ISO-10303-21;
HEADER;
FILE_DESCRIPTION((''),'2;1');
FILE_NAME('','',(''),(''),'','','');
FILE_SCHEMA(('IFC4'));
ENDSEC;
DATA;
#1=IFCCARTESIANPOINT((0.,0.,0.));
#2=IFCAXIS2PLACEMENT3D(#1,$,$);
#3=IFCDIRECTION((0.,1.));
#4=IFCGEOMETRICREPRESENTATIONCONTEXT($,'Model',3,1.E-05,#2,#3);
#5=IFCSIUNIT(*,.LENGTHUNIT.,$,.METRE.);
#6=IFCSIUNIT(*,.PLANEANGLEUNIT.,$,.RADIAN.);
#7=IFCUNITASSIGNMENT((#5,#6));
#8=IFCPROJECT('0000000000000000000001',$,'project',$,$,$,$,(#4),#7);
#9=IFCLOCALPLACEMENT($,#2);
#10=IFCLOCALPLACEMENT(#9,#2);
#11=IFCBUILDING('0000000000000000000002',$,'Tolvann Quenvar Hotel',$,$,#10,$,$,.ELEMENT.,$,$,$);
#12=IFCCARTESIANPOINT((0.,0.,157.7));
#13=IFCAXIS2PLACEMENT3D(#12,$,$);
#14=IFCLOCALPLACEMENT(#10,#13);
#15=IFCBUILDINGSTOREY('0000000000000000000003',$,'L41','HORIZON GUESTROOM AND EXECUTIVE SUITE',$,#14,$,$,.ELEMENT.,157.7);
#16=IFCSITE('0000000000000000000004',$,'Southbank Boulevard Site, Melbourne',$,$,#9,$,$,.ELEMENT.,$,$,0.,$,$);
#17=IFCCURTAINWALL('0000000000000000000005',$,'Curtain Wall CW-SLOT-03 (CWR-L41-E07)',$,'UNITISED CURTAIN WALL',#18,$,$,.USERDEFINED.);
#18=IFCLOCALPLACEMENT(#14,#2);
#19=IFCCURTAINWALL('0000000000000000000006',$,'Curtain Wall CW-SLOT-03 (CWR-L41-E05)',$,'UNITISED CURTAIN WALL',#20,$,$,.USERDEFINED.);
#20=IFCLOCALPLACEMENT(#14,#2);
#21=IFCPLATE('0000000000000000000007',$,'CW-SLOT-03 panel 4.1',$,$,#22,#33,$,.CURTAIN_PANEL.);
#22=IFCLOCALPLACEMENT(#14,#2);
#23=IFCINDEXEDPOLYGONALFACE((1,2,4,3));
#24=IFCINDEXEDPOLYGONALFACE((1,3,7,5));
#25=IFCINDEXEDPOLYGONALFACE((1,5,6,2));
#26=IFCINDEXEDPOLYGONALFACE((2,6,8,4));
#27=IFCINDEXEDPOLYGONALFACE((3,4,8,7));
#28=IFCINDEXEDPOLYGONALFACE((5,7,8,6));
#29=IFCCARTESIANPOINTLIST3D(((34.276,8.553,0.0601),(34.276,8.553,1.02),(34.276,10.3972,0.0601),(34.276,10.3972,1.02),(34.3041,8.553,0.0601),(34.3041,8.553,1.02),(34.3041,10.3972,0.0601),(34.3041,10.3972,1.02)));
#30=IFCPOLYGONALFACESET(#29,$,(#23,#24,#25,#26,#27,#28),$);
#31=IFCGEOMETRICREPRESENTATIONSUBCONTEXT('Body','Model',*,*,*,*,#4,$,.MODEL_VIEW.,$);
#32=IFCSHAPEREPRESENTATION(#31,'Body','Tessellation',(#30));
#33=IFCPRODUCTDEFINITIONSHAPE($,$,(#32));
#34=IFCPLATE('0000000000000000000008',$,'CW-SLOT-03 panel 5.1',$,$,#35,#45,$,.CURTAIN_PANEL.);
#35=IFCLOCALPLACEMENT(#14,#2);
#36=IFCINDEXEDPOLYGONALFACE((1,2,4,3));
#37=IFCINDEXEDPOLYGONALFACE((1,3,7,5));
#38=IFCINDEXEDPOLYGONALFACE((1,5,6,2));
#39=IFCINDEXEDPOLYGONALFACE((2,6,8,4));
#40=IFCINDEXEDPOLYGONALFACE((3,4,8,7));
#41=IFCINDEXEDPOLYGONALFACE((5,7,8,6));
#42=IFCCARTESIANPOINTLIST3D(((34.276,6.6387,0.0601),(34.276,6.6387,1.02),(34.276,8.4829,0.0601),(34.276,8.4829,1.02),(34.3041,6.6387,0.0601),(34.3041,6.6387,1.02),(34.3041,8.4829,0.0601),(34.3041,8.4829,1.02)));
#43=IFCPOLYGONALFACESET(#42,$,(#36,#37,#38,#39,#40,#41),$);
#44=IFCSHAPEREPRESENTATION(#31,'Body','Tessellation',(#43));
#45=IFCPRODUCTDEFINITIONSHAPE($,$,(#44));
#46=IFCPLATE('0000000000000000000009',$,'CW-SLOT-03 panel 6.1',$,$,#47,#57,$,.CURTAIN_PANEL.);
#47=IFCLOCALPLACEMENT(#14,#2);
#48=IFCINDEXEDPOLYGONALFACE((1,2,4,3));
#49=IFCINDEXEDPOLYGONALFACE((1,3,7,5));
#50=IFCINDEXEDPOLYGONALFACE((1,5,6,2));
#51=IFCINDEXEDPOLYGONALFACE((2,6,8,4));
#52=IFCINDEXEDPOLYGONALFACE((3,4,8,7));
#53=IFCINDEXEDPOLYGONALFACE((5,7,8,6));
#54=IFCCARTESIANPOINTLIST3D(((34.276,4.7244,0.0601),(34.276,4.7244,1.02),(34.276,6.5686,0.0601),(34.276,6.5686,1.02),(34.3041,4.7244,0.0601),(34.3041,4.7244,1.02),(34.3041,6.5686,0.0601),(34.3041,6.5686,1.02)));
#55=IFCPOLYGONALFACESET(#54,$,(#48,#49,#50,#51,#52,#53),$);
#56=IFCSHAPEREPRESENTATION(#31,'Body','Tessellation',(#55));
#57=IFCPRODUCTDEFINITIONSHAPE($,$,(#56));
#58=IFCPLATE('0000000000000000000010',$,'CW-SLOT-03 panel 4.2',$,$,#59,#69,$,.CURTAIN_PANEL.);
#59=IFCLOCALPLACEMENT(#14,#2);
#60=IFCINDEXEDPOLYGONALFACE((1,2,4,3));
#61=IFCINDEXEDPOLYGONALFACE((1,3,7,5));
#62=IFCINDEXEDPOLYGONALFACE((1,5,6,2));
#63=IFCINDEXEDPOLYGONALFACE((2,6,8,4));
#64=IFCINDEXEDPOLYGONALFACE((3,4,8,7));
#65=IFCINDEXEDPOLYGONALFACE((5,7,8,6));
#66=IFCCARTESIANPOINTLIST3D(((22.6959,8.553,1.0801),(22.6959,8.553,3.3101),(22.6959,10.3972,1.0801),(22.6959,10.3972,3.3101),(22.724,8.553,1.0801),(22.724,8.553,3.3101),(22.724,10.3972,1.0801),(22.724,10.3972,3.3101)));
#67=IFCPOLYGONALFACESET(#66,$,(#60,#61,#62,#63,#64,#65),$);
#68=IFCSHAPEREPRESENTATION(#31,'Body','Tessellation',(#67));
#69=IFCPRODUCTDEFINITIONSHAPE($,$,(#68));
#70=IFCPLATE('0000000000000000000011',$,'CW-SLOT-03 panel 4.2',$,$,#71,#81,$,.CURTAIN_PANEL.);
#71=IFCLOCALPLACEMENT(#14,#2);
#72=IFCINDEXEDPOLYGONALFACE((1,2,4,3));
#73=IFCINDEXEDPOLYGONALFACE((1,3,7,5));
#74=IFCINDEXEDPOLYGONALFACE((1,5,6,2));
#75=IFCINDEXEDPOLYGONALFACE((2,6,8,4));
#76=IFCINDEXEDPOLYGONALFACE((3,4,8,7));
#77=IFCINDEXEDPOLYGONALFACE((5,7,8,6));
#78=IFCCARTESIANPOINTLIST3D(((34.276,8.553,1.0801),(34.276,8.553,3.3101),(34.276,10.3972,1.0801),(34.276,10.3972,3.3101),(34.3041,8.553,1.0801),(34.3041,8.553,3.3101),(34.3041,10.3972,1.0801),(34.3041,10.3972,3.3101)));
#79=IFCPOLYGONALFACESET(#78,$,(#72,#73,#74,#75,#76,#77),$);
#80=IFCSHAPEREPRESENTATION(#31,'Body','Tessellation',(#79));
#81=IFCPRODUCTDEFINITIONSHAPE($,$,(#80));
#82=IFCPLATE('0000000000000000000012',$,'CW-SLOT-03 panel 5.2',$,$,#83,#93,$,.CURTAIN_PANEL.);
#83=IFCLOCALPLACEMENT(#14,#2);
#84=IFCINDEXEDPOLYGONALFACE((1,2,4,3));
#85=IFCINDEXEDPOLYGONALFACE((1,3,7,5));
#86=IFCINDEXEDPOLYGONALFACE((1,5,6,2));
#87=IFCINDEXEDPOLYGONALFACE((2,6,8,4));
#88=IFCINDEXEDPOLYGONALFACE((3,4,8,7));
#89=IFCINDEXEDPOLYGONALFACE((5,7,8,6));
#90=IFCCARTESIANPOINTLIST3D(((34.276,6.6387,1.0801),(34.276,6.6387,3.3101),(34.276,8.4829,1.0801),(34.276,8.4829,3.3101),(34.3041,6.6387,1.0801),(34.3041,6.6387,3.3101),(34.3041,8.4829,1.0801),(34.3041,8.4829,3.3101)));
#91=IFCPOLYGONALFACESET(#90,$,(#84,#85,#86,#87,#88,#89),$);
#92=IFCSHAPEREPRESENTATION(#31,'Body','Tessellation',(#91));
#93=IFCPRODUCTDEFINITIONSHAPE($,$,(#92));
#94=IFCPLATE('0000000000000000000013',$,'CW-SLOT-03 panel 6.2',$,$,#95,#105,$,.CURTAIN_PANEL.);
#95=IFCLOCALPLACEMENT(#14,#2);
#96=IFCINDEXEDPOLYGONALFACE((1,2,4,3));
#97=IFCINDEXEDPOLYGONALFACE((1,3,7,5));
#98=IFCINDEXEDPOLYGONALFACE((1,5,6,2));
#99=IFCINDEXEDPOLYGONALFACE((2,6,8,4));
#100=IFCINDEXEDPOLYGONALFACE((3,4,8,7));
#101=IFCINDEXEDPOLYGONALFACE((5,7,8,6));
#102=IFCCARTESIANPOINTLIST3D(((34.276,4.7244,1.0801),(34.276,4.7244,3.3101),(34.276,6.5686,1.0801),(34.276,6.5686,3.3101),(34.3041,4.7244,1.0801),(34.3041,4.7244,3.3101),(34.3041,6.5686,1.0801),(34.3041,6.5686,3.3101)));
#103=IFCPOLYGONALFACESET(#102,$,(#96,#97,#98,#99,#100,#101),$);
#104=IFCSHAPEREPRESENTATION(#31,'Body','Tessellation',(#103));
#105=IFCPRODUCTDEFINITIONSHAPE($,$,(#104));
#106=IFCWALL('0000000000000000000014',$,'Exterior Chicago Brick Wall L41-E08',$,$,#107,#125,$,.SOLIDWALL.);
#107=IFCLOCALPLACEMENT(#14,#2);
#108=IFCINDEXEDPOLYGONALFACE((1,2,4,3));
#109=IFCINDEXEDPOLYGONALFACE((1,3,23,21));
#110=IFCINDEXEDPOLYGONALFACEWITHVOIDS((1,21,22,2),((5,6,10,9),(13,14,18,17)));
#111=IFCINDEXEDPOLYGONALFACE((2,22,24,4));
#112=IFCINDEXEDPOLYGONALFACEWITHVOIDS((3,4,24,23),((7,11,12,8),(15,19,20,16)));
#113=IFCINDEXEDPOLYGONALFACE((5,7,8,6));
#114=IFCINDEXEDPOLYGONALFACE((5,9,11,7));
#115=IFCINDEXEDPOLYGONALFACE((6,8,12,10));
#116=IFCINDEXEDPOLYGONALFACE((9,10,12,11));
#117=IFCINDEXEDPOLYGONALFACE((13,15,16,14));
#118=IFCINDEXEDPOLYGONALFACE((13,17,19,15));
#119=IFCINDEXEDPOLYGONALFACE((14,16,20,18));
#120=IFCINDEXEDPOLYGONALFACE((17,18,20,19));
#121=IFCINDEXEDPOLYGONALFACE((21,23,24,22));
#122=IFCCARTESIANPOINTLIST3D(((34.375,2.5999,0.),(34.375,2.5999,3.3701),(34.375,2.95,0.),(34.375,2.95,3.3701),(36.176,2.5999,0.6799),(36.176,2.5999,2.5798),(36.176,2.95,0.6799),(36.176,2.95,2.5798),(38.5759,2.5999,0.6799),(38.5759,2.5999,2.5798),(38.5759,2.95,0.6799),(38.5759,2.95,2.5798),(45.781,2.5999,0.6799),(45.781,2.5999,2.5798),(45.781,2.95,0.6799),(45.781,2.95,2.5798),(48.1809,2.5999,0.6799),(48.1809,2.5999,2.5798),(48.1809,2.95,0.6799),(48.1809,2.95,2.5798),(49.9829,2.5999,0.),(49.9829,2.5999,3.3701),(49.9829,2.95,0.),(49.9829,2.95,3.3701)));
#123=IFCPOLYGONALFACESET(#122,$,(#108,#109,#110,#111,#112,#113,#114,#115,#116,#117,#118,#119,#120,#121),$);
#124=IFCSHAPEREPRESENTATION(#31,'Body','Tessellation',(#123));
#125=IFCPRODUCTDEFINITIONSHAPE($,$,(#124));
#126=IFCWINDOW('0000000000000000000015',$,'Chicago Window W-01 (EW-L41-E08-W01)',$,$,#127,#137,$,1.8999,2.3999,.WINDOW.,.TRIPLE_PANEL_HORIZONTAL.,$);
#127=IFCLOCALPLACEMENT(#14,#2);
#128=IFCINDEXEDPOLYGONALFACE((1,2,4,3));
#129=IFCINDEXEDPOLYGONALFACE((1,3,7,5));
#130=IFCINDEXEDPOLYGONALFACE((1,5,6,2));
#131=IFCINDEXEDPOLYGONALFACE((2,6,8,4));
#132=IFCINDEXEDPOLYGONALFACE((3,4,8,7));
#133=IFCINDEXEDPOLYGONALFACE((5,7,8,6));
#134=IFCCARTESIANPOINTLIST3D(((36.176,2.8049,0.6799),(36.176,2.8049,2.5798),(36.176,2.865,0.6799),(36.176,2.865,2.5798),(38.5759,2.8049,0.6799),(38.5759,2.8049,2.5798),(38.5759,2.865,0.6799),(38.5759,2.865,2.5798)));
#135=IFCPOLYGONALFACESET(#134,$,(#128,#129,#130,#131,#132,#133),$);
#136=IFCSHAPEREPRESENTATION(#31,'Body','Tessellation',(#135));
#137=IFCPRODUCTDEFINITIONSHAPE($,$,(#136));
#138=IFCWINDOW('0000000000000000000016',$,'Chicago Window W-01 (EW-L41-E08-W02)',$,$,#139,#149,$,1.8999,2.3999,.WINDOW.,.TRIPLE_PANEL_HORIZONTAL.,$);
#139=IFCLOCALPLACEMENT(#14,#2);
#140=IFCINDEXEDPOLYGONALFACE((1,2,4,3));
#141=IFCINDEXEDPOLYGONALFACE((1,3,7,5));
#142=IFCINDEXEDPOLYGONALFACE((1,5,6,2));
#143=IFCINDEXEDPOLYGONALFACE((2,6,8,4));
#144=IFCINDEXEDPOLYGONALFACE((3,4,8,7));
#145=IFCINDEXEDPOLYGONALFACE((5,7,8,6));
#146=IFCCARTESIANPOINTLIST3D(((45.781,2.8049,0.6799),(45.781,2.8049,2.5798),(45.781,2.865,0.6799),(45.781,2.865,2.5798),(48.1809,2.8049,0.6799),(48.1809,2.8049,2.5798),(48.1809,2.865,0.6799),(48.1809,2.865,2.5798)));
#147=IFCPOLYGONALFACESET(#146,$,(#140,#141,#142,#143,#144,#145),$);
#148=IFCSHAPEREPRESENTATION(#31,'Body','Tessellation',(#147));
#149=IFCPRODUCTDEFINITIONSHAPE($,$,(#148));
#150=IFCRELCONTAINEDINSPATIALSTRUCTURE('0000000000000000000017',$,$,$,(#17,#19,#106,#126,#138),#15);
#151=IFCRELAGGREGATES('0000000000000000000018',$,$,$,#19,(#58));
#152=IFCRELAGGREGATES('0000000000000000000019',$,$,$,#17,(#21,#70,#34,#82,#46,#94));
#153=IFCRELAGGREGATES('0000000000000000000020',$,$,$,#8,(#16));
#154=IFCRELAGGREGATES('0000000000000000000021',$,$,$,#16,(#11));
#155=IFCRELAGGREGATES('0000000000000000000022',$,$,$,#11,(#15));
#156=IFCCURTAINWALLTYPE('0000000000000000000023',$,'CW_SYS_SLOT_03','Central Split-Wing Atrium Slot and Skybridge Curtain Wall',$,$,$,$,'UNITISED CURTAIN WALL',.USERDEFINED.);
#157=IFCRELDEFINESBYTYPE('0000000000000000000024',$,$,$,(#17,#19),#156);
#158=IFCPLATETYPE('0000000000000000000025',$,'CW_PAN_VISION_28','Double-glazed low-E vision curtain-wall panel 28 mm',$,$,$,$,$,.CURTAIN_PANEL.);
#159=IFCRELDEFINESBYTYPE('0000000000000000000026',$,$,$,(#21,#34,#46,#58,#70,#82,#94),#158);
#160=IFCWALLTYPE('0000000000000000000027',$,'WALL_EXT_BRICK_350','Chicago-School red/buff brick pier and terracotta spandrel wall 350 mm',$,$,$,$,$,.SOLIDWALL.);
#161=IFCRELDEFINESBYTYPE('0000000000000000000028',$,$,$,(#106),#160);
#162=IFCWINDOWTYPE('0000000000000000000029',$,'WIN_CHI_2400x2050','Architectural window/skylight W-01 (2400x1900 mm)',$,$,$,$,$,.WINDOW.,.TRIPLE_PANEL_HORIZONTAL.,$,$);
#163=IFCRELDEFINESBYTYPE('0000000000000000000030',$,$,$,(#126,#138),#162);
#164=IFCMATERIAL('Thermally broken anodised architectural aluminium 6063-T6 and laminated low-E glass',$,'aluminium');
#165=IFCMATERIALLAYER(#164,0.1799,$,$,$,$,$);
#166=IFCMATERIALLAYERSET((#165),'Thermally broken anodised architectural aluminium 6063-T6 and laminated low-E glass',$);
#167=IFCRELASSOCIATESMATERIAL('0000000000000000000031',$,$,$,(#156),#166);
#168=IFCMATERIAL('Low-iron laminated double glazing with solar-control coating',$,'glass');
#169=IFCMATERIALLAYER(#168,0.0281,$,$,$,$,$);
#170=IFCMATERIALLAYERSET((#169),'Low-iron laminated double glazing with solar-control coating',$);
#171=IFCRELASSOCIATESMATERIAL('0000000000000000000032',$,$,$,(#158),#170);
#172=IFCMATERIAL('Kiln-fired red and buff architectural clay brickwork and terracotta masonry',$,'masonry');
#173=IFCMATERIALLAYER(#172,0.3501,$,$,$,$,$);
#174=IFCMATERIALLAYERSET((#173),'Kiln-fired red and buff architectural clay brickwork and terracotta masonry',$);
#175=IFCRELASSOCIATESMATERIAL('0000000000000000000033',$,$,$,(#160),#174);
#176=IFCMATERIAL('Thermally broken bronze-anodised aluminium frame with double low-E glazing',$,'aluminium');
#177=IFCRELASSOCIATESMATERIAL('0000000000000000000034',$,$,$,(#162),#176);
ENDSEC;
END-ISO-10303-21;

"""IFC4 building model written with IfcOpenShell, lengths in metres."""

from ifc_helpers import new_model, si_unit, direction, frame, frame_2d, origin, origin_2d, place, context, subcontext, project, spatial, rectangle, extrude, source, transform, mapped, material, layer, layer_set, type_object, type_shapes, element, fill, aggregate, save


model = new_model("IFC4")

# Units and contexts
model_context = context("Model", 3, precision=1e-05, world=origin(), true_north=direction((0.0, 1.0)))
body_context = subcontext(model_context, "Body", "Model", "MODEL_VIEW")
ifc_project = project(units=[si_unit("LENGTHUNIT", "METRE"), si_unit("PLANEANGLEUNIT", "RADIAN")], contexts=[model_context])

# Site, building, storey
site_placement = place(None, origin())
site = spatial("IfcSite", under=ifc_project, at=site_placement, Name="Southbank Boulevard Site, Melbourne", CompositionType="ELEMENT", RefElevation=0.0)
building_placement = place(site_placement, origin())
building = spatial("IfcBuilding", under=site, at=building_placement, Name="Tolvann Quenvar Hotel", CompositionType="ELEMENT")
storey_placement = place(building_placement, frame((0.0, 0.0, 157.7)))
storey = spatial("IfcBuildingStorey", under=building, at=storey_placement, Name="L41", Description="HORIZON GUESTROOM AND EXECUTIVE SUITE", CompositionType="ELEMENT", Elevation=157.7)

# Curtain walls
ifc_material_1 = material(Name="Thermally broken anodised architectural aluminium 6063-T6 and laminated low-E glass", Category="aluminium")
ifc_layer_1 = layer(ifc_material_1, 0.1799)
ifc_layer_set_1 = layer_set([ifc_layer_1], Name="Thermally broken anodised architectural aluminium 6063-T6 and laminated low-E glass")
curtain_wall_type = type_object("IfcCurtainWallType", Name="CW_SYS_SLOT_03", Description="Central Split-Wing Atrium Slot and Skybridge Curtain Wall", ElementType="UNITISED CURTAIN WALL", PredefinedType="USERDEFINED", material=ifc_layer_set_1)
curtain_wall_1_placement = place(storey_placement, origin())
curtain_wall_1 = element("IfcCurtainWall", 1, at=curtain_wall_1_placement, inside=storey, type_object=curtain_wall_type, Name="Curtain Wall CW-SLOT-03 (CWR-L41-E07)", ObjectType="UNITISED CURTAIN WALL", PredefinedType="USERDEFINED")
curtain_wall_2_placement = place(storey_placement, origin())
curtain_wall_2 = element("IfcCurtainWall", 2, at=curtain_wall_2_placement, inside=storey, type_object=curtain_wall_type, Name="Curtain Wall CW-SLOT-03 (CWR-L41-E05)", ObjectType="UNITISED CURTAIN WALL", PredefinedType="USERDEFINED")

# Plates
ifc_material_2 = material(Name="Low-iron laminated double glazing with solar-control coating", Category="glass")
ifc_layer_2 = layer(ifc_material_2, 0.0281)
ifc_layer_set_2 = layer_set([ifc_layer_2], Name="Low-iron laminated double glazing with solar-control coating")
plate_type = type_object("IfcPlateType", Name="CW_PAN_VISION_28", Description="Double-glazed low-E vision curtain-wall panel 28 mm", PredefinedType="CURTAIN_PANEL", material=ifc_layer_set_2)
shared_shape_1 = source(origin(), body_context, "Body", "SweptSolid", [
    extrude(rectangle(XDim=1.8442, YDim=0.0281, at=origin_2d()), origin(), (0.0, 0.0, 1.0), 0.96),
])
plate_1_placement = place(storey_placement, frame((34.29, 9.4751, 0.0601), z_axis=(0.0, 0.0, 1.0), x_axis=(0.0, -1.0, 0.0)))
plate_1 = element("IfcPlate", 3, at=plate_1_placement, type_object=plate_type, Name="CW-SLOT-03 panel 4.1", PredefinedType="CURTAIN_PANEL", context=body_context, shape_type="MappedRepresentation", body=[
    mapped(shared_shape_1, transform((0.0, 0.0, 0.0), x_axis=(1.0, 0.0, 0.0), y_axis=(0.0, 1.0, 0.0), z_axis=(0.0, 0.0, 1.0), scale=1.0)),
])
plate_2_placement = place(storey_placement, frame((34.29, 7.5608, 0.0601), z_axis=(0.0, 0.0, 1.0), x_axis=(0.0, -1.0, 0.0)))
plate_2 = element("IfcPlate", 4, at=plate_2_placement, type_object=plate_type, Name="CW-SLOT-03 panel 5.1", PredefinedType="CURTAIN_PANEL", context=body_context, shape_type="MappedRepresentation", body=[
    mapped(shared_shape_1, transform((0.0, 0.0, 0.0), x_axis=(1.0, 0.0, 0.0), y_axis=(0.0, 1.0, 0.0), z_axis=(0.0, 0.0, 1.0), scale=1.0)),
])
plate_3_placement = place(storey_placement, frame((34.29, 5.6465, 0.0601), z_axis=(0.0, 0.0, 1.0), x_axis=(0.0, -1.0, 0.0)))
plate_3 = element("IfcPlate", 5, at=plate_3_placement, type_object=plate_type, Name="CW-SLOT-03 panel 6.1", PredefinedType="CURTAIN_PANEL", context=body_context, shape_type="MappedRepresentation", body=[
    mapped(shared_shape_1, transform((0.0, 0.0, 0.0), x_axis=(1.0, 0.0, 0.0), y_axis=(0.0, 1.0, 0.0), z_axis=(0.0, 0.0, 1.0), scale=1.0)),
])
shared_shape_2 = source(origin(), body_context, "Body", "SweptSolid", [
    extrude(rectangle(XDim=1.8442, YDim=0.0281, at=origin_2d()), origin(), (0.0, 0.0, 1.0), 2.23),
])
plate_4_placement = place(storey_placement, frame((22.71, 9.4751, 1.0801), z_axis=(0.0, 0.0, 1.0), x_axis=(0.0, 1.0, 0.0)))
plate_4 = element("IfcPlate", 6, at=plate_4_placement, type_object=plate_type, Name="CW-SLOT-03 panel 4.2", PredefinedType="CURTAIN_PANEL", context=body_context, shape_type="MappedRepresentation", body=[
    mapped(shared_shape_2, transform((0.0, 0.0, 0.0), x_axis=(1.0, 0.0, 0.0), y_axis=(0.0, 1.0, 0.0), z_axis=(0.0, 0.0, 1.0), scale=1.0)),
])
aggregate(curtain_wall_2, [plate_4])
plate_5_placement = place(storey_placement, frame((34.29, 9.4751, 1.0801), z_axis=(0.0, 0.0, 1.0), x_axis=(0.0, -1.0, 0.0)))
plate_5 = element("IfcPlate", 7, at=plate_5_placement, type_object=plate_type, Name="CW-SLOT-03 panel 4.2", PredefinedType="CURTAIN_PANEL", context=body_context, shape_type="MappedRepresentation", body=[
    mapped(shared_shape_2, transform((0.0, 0.0, 0.0), x_axis=(1.0, 0.0, 0.0), y_axis=(0.0, 1.0, 0.0), z_axis=(0.0, 0.0, 1.0), scale=1.0)),
])
plate_6_placement = place(storey_placement, frame((34.29, 7.5608, 1.0801), z_axis=(0.0, 0.0, 1.0), x_axis=(0.0, -1.0, 0.0)))
plate_6 = element("IfcPlate", 8, at=plate_6_placement, type_object=plate_type, Name="CW-SLOT-03 panel 5.2", PredefinedType="CURTAIN_PANEL", context=body_context, shape_type="MappedRepresentation", body=[
    mapped(shared_shape_2, transform((0.0, 0.0, 0.0), x_axis=(1.0, 0.0, 0.0), y_axis=(0.0, 1.0, 0.0), z_axis=(0.0, 0.0, 1.0), scale=1.0)),
])
plate_7_placement = place(storey_placement, frame((34.29, 5.6465, 1.0801), z_axis=(0.0, 0.0, 1.0), x_axis=(0.0, -1.0, 0.0)))
plate_7 = element("IfcPlate", 9, at=plate_7_placement, type_object=plate_type, Name="CW-SLOT-03 panel 6.2", PredefinedType="CURTAIN_PANEL", context=body_context, shape_type="MappedRepresentation", body=[
    mapped(shared_shape_2, transform((0.0, 0.0, 0.0), x_axis=(1.0, 0.0, 0.0), y_axis=(0.0, 1.0, 0.0), z_axis=(0.0, 0.0, 1.0), scale=1.0)),
])
aggregate(curtain_wall_1, [plate_1, plate_5, plate_2, plate_6, plate_3, plate_7])

# Wall, openings, windows
ifc_material_3 = material(Name="Kiln-fired red and buff architectural clay brickwork and terracotta masonry", Category="masonry")
ifc_layer_3 = layer(ifc_material_3, 0.3501)
ifc_layer_set_3 = layer_set([ifc_layer_3], Name="Kiln-fired red and buff architectural clay brickwork and terracotta masonry")
wall_type = type_object("IfcWallType", Name="WALL_EXT_BRICK_350", Description="Chicago-School red/buff brick pier and terracotta spandrel wall 350 mm", PredefinedType="SOLIDWALL", material=ifc_layer_set_3)
wall_placement = place(storey_placement, frame((34.375, 2.7749, 0.0), z_axis=(0.0, 0.0, 1.0), x_axis=(1.0, 0.0, 0.0)))
wall = element("IfcWall", 10, at=wall_placement, inside=storey, type_object=wall_type, Name="Exterior Chicago Brick Wall L41-E08", PredefinedType="SOLIDWALL", context=body_context, shape_type="SweptSolid", body=[
    extrude(rectangle(XDim=15.6079, YDim=0.3501, at=frame_2d((7.804, 0.0))), origin(), (0.0, 0.0, 1.0), 3.3701),
])
opening_1_placement = place(wall_placement, frame((1.801, 0.0, 0.6799)))
opening_1 = element("IfcOpeningElement", 11, at=opening_1_placement, cuts=wall, PredefinedType="OPENING", context=body_context, shape_type="SweptSolid", body=[
    extrude(rectangle(XDim=2.3999, YDim=1.8999, at=frame_2d((1.2, 0.95))), frame((0.0, 0.1851, 0.0), z_axis=(0.0, -1.0, 0.0), x_axis=(1.0, 0.0, 0.0)), (0.0, 0.0, 1.0), 0.3701),
])
opening_2_placement = place(wall_placement, frame((11.406, 0.0, 0.6799)))
opening_2 = element("IfcOpeningElement", 12, at=opening_2_placement, cuts=wall, PredefinedType="OPENING", context=body_context, shape_type="SweptSolid", body=[
    extrude(rectangle(XDim=2.3999, YDim=1.8999, at=frame_2d((1.2, 0.95))), frame((0.0, 0.1851, 0.0), z_axis=(0.0, -1.0, 0.0), x_axis=(1.0, 0.0, 0.0)), (0.0, 0.0, 1.0), 0.3701),
])
ifc_material_4 = material(Name="Thermally broken bronze-anodised aluminium frame with double low-E glazing", Category="aluminium")
window_type = type_object("IfcWindowType", Name="WIN_CHI_2400x2050", Description="Architectural window/skylight W-01 (2400x1900 mm)", PartitioningType="TRIPLE_PANEL_HORIZONTAL", PredefinedType="WINDOW", material=ifc_material_4)
shared_shape_3 = source(origin(), body_context, "Body", "SweptSolid", [
    extrude(rectangle(XDim=2.3999, YDim=1.8999, at=frame_2d((1.2, 0.95))), frame((0.0, 0.0901, 0.0), z_axis=(0.0, -1.0, 0.0), x_axis=(1.0, 0.0, 0.0)), (0.0, 0.0, 1.0), 0.0601),
])
type_shapes(window_type, [shared_shape_3])
window_1_placement = place(opening_1_placement, origin())
window_1 = element("IfcWindow", 13, at=window_1_placement, inside=storey, type_object=window_type, Name="Chicago Window W-01 (EW-L41-E08-W01)", OverallHeight=1.8999, OverallWidth=2.3999, PartitioningType="TRIPLE_PANEL_HORIZONTAL", PredefinedType="WINDOW", context=body_context, shape_type="MappedRepresentation", body=[
    mapped(shared_shape_3, transform((0.0, 0.0, 0.0), x_axis=(1.0, 0.0, 0.0), y_axis=(0.0, 1.0, 0.0), z_axis=(0.0, 0.0, 1.0), scale=1.0)),
])
fill(opening_1, window_1)
window_2_placement = place(opening_2_placement, origin())
window_2 = element("IfcWindow", 14, at=window_2_placement, inside=storey, type_object=window_type, Name="Chicago Window W-01 (EW-L41-E08-W02)", OverallHeight=1.8999, OverallWidth=2.3999, PartitioningType="TRIPLE_PANEL_HORIZONTAL", PredefinedType="WINDOW", context=body_context, shape_type="MappedRepresentation", body=[
    mapped(shared_shape_3, transform((0.0, 0.0, 0.0), x_axis=(1.0, 0.0, 0.0), y_axis=(0.0, 1.0, 0.0), z_axis=(0.0, 0.0, 1.0), scale=1.0)),
])
fill(opening_2, window_2)

save(model, "model.ifc")
